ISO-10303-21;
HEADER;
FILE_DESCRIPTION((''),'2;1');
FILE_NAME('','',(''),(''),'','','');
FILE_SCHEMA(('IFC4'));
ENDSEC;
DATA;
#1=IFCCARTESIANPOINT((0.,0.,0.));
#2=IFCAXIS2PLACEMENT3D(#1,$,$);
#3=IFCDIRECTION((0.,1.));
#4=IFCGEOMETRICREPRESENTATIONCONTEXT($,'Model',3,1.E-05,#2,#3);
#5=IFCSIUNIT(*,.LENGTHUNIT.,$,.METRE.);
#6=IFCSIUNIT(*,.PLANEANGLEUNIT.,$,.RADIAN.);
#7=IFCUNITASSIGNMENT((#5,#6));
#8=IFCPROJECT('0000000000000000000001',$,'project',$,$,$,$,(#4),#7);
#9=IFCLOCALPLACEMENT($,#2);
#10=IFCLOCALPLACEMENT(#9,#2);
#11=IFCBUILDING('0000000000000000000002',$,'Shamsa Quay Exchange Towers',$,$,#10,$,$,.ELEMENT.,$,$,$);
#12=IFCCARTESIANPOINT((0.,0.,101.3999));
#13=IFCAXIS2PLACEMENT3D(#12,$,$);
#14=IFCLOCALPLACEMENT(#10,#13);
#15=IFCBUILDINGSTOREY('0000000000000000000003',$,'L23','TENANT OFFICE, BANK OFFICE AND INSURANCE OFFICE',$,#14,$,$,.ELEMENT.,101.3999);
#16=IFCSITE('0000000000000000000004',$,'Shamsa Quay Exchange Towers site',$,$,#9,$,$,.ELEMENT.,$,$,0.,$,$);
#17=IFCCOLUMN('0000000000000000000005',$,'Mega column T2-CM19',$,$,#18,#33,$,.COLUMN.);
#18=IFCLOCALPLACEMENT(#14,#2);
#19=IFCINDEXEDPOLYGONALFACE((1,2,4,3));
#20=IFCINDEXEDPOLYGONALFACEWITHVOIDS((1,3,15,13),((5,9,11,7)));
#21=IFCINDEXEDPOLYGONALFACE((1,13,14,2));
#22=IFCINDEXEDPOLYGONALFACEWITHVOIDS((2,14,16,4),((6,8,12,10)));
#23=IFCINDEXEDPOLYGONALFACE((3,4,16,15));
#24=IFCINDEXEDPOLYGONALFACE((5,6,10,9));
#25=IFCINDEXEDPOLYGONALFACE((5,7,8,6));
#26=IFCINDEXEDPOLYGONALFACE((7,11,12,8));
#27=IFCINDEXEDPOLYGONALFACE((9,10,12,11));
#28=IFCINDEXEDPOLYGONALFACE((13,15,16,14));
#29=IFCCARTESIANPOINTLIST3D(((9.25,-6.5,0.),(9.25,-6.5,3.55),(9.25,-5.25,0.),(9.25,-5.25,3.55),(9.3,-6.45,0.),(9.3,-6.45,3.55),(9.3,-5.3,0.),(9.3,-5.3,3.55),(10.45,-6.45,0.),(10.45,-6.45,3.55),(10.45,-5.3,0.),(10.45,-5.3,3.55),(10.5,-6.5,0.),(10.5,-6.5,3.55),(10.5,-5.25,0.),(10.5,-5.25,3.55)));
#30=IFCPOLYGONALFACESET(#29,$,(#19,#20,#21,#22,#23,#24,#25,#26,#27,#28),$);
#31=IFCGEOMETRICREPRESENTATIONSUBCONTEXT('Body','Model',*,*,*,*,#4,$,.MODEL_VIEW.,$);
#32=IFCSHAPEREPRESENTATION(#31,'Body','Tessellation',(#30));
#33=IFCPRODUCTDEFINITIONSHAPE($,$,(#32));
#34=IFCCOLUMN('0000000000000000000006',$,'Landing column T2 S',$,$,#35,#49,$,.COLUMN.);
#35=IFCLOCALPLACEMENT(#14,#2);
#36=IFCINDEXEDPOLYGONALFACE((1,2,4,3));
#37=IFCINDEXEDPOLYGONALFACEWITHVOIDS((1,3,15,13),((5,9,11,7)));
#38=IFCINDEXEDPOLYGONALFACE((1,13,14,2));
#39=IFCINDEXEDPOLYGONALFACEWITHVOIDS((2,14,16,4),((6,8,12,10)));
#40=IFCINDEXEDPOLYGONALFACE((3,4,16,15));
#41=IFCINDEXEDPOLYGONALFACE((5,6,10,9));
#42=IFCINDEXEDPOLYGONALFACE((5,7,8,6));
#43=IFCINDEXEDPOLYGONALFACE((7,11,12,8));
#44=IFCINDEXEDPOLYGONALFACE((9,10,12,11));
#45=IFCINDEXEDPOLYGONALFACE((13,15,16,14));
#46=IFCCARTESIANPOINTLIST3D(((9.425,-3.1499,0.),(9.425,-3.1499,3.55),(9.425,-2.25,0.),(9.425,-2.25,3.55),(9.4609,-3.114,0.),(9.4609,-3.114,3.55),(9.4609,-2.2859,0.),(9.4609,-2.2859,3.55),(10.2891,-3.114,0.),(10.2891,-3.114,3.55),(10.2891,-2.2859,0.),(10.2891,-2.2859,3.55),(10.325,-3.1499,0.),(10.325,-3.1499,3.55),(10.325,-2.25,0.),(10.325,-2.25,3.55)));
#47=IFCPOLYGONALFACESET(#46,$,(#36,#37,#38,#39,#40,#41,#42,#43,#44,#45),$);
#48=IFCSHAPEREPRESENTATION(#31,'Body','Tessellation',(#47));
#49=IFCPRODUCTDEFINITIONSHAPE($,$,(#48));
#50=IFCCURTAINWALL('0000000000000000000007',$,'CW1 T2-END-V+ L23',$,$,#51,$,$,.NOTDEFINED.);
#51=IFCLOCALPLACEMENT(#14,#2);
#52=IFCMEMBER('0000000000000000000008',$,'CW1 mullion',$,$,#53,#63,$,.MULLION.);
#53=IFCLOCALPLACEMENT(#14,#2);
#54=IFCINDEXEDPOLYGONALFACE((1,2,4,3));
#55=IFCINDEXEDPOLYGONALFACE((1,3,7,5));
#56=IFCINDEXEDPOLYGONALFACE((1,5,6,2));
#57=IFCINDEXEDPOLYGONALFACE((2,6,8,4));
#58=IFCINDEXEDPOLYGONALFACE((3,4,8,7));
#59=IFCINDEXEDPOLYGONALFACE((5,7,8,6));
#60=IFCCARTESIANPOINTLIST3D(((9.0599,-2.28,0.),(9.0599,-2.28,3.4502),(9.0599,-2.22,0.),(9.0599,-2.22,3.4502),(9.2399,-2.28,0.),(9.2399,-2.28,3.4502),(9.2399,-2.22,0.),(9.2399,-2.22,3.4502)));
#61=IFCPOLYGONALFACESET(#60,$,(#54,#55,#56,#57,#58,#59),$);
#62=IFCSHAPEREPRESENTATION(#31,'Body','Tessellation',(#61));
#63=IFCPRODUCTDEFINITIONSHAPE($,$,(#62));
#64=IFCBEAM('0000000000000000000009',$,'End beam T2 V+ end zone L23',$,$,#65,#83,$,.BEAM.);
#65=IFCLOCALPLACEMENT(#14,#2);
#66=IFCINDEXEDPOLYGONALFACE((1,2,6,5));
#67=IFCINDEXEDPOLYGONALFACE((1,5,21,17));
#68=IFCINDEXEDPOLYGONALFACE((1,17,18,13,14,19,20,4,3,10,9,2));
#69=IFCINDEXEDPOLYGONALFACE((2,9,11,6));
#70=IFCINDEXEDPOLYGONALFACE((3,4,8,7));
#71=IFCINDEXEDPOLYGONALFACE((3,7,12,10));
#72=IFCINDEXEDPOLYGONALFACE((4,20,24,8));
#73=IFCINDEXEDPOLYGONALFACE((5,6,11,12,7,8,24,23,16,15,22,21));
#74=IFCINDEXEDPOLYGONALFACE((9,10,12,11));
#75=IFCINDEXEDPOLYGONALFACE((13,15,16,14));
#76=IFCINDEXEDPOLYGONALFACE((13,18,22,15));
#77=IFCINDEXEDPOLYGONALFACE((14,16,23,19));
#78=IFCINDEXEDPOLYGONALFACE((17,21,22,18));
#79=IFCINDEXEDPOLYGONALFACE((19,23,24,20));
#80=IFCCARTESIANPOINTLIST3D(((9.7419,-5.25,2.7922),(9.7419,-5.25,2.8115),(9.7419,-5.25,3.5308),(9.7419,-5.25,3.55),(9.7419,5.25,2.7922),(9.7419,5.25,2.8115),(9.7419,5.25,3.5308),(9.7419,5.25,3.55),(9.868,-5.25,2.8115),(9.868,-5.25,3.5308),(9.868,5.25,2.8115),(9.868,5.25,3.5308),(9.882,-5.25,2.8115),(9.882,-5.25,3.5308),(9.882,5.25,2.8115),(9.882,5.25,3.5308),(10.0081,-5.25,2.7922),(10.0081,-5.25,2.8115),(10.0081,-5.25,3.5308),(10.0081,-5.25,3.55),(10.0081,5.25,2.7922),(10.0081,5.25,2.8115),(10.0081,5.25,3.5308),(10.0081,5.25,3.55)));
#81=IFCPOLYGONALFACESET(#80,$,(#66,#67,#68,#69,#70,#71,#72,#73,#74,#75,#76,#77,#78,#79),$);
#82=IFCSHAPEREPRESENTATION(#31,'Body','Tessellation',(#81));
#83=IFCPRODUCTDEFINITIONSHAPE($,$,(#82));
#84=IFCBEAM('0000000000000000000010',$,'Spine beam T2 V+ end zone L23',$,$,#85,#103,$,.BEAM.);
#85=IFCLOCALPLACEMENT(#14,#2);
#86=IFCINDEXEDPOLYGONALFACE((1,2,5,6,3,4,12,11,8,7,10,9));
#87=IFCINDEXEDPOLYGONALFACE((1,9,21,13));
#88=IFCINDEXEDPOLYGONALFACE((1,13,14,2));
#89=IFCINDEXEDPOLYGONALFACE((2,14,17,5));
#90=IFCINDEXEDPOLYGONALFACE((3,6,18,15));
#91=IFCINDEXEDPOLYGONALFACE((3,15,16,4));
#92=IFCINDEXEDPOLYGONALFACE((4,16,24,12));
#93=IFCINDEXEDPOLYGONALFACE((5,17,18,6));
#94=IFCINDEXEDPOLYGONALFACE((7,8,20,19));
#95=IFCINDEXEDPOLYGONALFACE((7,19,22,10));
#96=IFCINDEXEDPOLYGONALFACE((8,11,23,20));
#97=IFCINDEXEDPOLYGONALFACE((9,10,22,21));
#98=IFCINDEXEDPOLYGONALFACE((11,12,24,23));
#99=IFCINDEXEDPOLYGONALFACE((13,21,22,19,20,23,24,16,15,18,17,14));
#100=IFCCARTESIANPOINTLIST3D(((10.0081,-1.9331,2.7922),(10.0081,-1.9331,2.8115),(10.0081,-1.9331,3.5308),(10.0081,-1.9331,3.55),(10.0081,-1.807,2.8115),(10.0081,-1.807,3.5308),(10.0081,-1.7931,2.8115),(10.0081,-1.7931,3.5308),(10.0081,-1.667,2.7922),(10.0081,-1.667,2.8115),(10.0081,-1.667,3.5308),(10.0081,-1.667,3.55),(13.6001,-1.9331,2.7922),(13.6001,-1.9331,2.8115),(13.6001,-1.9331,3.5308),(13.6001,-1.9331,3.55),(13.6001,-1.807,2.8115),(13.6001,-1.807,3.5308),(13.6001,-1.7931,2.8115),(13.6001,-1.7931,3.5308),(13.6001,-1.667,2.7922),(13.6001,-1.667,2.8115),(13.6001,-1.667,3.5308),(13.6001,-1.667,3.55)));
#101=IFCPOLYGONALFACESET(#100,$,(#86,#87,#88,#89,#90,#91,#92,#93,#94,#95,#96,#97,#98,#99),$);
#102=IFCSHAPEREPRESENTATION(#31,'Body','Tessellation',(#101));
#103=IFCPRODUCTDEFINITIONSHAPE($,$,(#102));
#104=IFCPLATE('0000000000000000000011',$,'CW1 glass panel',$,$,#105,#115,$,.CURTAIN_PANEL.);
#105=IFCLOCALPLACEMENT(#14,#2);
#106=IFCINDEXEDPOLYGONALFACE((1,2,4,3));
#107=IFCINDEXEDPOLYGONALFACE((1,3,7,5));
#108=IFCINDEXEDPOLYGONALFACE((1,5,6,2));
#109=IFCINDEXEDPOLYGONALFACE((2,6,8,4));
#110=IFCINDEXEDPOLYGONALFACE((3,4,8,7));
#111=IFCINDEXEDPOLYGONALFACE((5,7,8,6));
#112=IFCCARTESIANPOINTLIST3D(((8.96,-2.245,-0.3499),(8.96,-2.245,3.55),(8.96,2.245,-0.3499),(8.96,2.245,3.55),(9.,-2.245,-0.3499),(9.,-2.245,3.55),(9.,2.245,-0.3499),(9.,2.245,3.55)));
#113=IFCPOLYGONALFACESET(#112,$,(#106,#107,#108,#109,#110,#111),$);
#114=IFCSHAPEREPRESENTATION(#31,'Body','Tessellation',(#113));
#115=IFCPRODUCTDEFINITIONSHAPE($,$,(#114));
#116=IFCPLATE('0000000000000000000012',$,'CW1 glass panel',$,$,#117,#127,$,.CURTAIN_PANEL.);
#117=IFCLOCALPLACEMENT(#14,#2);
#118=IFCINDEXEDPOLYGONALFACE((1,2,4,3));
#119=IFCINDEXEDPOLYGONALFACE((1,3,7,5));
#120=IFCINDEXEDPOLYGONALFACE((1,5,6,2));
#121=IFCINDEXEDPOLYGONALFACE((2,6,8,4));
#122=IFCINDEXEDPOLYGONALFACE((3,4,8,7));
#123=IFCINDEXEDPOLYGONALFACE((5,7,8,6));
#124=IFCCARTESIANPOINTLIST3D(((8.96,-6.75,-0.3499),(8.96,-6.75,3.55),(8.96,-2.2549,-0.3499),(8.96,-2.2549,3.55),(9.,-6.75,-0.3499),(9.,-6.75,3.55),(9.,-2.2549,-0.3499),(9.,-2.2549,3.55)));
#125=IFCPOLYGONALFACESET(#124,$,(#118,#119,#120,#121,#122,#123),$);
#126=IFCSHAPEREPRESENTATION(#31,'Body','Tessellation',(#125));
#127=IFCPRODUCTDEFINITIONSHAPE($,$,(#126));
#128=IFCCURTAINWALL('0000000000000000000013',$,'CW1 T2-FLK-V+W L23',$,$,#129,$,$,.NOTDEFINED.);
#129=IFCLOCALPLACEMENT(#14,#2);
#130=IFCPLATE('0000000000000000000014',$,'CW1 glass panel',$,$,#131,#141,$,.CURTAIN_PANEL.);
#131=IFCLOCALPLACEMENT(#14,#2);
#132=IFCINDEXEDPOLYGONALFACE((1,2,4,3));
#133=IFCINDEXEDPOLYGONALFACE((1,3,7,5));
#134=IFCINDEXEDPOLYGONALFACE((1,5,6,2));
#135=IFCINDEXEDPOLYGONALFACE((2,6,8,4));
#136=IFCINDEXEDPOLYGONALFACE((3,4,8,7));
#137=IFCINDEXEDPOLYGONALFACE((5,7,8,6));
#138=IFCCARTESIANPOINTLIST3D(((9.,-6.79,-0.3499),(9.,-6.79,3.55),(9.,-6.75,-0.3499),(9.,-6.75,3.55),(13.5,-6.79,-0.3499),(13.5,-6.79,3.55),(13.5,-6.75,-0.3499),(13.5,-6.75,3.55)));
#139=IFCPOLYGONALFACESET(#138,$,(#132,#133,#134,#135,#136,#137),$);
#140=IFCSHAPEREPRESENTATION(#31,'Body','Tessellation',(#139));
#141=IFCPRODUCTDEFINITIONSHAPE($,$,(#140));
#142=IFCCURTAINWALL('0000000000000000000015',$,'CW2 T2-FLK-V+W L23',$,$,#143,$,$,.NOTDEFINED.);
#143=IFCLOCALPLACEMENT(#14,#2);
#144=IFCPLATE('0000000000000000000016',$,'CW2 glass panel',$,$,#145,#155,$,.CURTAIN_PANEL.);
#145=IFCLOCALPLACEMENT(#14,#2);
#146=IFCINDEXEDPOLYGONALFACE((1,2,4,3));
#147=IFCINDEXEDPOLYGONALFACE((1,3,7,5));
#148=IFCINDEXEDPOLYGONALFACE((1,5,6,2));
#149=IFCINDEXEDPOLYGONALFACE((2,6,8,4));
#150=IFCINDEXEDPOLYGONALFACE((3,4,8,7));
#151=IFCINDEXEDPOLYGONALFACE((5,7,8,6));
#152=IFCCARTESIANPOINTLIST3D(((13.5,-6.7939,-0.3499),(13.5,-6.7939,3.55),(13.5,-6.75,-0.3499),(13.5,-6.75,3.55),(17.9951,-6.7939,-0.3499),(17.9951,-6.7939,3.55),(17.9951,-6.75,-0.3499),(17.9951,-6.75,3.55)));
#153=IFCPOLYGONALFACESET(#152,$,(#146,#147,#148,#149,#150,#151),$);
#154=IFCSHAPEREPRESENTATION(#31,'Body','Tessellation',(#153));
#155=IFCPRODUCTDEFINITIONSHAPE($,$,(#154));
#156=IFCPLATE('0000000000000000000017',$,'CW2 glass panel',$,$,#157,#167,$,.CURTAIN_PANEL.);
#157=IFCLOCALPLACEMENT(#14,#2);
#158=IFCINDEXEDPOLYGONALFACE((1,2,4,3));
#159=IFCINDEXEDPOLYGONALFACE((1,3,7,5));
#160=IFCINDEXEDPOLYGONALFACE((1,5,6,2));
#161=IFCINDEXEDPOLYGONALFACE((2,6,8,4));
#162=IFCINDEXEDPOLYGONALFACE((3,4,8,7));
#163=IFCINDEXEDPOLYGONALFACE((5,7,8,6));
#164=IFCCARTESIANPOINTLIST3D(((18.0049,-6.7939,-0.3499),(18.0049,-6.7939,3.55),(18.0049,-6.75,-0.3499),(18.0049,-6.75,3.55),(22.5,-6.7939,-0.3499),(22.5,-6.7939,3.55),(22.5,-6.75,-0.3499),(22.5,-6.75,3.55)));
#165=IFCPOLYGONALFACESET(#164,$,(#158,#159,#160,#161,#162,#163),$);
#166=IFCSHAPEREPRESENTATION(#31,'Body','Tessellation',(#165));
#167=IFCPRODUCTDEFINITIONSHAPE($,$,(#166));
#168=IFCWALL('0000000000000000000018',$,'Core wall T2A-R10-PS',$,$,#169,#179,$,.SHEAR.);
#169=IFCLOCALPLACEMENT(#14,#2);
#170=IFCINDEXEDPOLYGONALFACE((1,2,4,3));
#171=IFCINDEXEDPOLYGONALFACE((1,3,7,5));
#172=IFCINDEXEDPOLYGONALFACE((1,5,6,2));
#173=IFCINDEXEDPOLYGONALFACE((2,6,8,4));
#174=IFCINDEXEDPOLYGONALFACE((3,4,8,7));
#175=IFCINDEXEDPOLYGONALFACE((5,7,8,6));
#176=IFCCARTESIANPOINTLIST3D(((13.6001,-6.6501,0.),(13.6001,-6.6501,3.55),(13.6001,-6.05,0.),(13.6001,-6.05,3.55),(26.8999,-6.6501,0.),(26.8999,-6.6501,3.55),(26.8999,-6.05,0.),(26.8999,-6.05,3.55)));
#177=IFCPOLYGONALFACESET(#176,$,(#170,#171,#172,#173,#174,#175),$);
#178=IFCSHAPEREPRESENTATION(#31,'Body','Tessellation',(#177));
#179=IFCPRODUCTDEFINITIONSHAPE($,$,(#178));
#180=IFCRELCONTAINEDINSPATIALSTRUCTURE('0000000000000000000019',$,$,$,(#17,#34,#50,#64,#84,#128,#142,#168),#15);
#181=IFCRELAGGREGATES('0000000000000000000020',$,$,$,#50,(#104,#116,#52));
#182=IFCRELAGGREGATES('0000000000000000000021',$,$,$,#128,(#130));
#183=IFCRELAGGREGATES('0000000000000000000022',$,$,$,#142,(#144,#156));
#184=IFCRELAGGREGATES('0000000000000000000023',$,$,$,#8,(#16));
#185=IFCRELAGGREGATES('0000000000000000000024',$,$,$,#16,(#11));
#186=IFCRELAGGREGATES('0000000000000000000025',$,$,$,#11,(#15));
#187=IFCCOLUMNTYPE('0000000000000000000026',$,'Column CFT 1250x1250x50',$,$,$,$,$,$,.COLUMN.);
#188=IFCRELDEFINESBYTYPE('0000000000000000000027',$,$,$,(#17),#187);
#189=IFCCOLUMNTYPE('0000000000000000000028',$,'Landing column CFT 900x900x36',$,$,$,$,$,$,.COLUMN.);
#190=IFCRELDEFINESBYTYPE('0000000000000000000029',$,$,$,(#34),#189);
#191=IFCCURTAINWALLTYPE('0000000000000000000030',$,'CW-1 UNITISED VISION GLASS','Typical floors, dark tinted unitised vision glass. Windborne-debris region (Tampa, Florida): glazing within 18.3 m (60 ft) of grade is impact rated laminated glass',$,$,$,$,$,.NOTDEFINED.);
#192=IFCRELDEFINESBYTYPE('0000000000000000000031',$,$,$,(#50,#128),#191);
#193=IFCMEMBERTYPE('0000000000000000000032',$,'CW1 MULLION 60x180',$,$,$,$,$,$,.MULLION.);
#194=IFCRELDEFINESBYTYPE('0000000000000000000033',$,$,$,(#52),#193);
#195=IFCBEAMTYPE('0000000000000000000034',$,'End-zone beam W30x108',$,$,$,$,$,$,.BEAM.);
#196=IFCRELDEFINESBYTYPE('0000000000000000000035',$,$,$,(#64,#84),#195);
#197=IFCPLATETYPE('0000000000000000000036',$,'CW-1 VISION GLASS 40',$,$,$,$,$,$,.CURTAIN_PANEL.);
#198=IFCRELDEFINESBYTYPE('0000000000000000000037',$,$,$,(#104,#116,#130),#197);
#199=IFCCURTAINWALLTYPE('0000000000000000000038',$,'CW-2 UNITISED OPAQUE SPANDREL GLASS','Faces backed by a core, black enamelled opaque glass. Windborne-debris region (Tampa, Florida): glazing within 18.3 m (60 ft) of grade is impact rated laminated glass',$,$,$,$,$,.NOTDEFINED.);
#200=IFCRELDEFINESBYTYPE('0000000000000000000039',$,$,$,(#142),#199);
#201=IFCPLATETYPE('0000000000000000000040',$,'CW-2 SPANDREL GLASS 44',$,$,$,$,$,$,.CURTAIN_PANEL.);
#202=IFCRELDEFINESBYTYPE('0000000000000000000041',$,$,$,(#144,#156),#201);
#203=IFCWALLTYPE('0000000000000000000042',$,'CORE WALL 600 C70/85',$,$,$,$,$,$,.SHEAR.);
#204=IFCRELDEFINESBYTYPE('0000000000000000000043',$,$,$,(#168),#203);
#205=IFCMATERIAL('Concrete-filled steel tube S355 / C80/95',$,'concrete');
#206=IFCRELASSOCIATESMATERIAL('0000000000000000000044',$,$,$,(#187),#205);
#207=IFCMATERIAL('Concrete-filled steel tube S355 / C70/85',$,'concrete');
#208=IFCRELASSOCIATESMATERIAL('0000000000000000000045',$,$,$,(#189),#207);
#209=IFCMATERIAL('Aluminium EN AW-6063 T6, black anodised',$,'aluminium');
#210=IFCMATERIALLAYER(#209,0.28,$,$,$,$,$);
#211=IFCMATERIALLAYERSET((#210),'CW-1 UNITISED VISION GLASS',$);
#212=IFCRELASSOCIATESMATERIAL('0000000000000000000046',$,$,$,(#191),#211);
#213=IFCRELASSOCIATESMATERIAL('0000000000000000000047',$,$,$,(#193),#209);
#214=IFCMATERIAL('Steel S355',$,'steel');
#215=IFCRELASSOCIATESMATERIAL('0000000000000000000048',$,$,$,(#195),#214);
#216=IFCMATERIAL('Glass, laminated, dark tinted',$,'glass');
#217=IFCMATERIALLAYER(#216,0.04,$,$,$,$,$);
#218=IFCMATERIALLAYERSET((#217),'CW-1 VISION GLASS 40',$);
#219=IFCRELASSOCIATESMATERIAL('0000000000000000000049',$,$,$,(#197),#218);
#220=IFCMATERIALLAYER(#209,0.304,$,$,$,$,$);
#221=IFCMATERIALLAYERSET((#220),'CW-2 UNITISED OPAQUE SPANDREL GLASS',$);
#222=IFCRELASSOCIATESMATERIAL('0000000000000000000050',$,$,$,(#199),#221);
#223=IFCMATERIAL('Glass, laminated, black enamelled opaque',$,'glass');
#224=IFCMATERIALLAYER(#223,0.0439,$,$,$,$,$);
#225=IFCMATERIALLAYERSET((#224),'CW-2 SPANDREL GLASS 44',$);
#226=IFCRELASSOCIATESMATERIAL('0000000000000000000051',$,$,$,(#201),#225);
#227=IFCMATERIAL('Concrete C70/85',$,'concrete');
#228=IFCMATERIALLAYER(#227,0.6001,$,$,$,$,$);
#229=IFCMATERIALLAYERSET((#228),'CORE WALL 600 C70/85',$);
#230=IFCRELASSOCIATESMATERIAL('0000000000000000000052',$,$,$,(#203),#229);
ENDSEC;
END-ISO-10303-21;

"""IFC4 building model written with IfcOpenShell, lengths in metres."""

from ifc_helpers import new_model, si_unit, direction, frame, frame_2d, origin, origin_2d, place, context, subcontext, project, spatial, rectangle, hollow_rectangle, i_section, extrude, material, layer, layer_set, material_profile, profile_set, type_object, element, aggregate, save


model = new_model("IFC4")

# Units and contexts
model_context = context("Model", 3, precision=1e-05, world=origin(), true_north=direction((0.0, 1.0)))
body_context = subcontext(model_context, "Body", "Model", "MODEL_VIEW")
ifc_project = project(units=[si_unit("LENGTHUNIT", "METRE"), si_unit("PLANEANGLEUNIT", "RADIAN")], contexts=[model_context])

# Site, building, storey
site_placement = place(None, origin())
site = spatial("IfcSite", under=ifc_project, at=site_placement, Name="Shamsa Quay Exchange Towers site", CompositionType="ELEMENT", RefElevation=0.0)
building_placement = place(site_placement, origin())
building = spatial("IfcBuilding", under=site, at=building_placement, Name="Shamsa Quay Exchange Towers", CompositionType="ELEMENT")
storey_placement = place(building_placement, frame((0.0, 0.0, 101.3999)))
storey = spatial("IfcBuildingStorey", under=building, at=storey_placement, Name="L23", Description="TENANT OFFICE, BANK OFFICE AND INSURANCE OFFICE", CompositionType="ELEMENT", Elevation=101.3999)

# Columns
ifc_material_1 = material(Name="Concrete-filled steel tube S355 / C80/95", Category="concrete")
ifc_material_profile_1 = material_profile(ifc_material_1, hollow_rectangle(XDim=1.25, YDim=1.25, WallThickness=0.05, at=origin_2d()), Name="CFT 1250x1250x50")
ifc_profile_set_1 = profile_set([ifc_material_profile_1], Name="Concrete-filled steel tube S355 / C80/95")
column_type_1 = type_object("IfcColumnType", Name="Column CFT 1250x1250x50", PredefinedType="COLUMN", material=ifc_profile_set_1)
column_1_placement = place(storey_placement, frame((9.875, -5.875, 0.0)))
element("IfcColumn", 1, at=column_1_placement, inside=storey, type_object=column_type_1, Name="Mega column T2-CM19", PredefinedType="COLUMN", context=body_context, shape_type="SweptSolid", body=[
    extrude(hollow_rectangle(XDim=1.25, YDim=1.25, WallThickness=0.05, at=origin_2d()), origin(), (0.0, 0.0, 1.0), 3.55),
])
ifc_material_2 = material(Name="Concrete-filled steel tube S355 / C70/85", Category="concrete")
ifc_material_profile_2 = material_profile(ifc_material_2, hollow_rectangle(XDim=0.8999, YDim=0.8999, WallThickness=0.0359, at=origin_2d()), Name="CFT 900x900x36")
ifc_profile_set_2 = profile_set([ifc_material_profile_2], Name="Concrete-filled steel tube S355 / C70/85")
column_type_2 = type_object("IfcColumnType", Name="Landing column CFT 900x900x36", PredefinedType="COLUMN", material=ifc_profile_set_2)
column_2_placement = place(storey_placement, frame((9.875, -2.7, 0.0)))
element("IfcColumn", 2, at=column_2_placement, inside=storey, type_object=column_type_2, Name="Landing column T2 S", PredefinedType="COLUMN", context=body_context, shape_type="SweptSolid", body=[
    extrude(hollow_rectangle(XDim=0.8999, YDim=0.8999, WallThickness=0.0359, at=origin_2d()), origin(), (0.0, 0.0, 1.0), 3.55),
])

# Curtain wall, member
ifc_material_3 = material(Name="Aluminium EN AW-6063 T6, black anodised", Category="aluminium")
ifc_layer_1 = layer(ifc_material_3, 0.28)
ifc_layer_set_1 = layer_set([ifc_layer_1], Name="CW-1 UNITISED VISION GLASS")
curtain_wall_type_1 = type_object("IfcCurtainWallType", Name="CW-1 UNITISED VISION GLASS", Description="Typical floors, dark tinted unitised vision glass. Windborne-debris region (Tampa, Florida): glazing within 18.3 m (60 ft) of grade is impact rated laminated glass", PredefinedType="NOTDEFINED", material=ifc_layer_set_1)
curtain_wall_1_placement = place(storey_placement, origin())
curtain_wall_1 = element("IfcCurtainWall", 3, at=curtain_wall_1_placement, inside=storey, type_object=curtain_wall_type_1, Name="CW1 T2-END-V+ L23", PredefinedType="NOTDEFINED")
ifc_material_profile_3 = material_profile(ifc_material_3, rectangle(XDim=0.1799, YDim=0.0601, at=origin_2d()), Name="MU60x180")
ifc_profile_set_3 = profile_set([ifc_material_profile_3], Name="Aluminium EN AW-6063 T6, black anodised")
member_type = type_object("IfcMemberType", Name="CW1 MULLION 60x180", PredefinedType="MULLION", material=ifc_profile_set_3)
member_placement = place(storey_placement, frame((9.1499, -2.25, 0.0)))
member = element("IfcMember", 4, at=member_placement, type_object=member_type, Name="CW1 mullion", PredefinedType="MULLION", context=body_context, shape_type="SweptSolid", body=[
    extrude(rectangle(XDim=0.1799, YDim=0.0601, at=origin_2d()), origin(), (0.0, 0.0, 1.0), 3.4502),
])

# Beams
ifc_material_4 = material(Name="Steel S355", Category="steel")
ifc_material_profile_4 = material_profile(ifc_material_4, i_section(OverallWidth=0.2661, OverallDepth=0.7578, WebThickness=0.0139, FlangeThickness=0.0193, at=origin_2d()), Name="W30x108")
ifc_profile_set_4 = profile_set([ifc_material_profile_4], Name="Steel S355")
beam_type = type_object("IfcBeamType", Name="End-zone beam W30x108", PredefinedType="BEAM", material=ifc_profile_set_4)
beam_1_placement = place(storey_placement, frame((9.875, -5.25, 3.1711), z_axis=(0.0, 1.0, 0.0), x_axis=(-1.0, 0.0, 0.0)))
element("IfcBeam", 5, at=beam_1_placement, inside=storey, type_object=beam_type, Name="End beam T2 V+ end zone L23", PredefinedType="BEAM", context=body_context, shape_type="SweptSolid", body=[
    extrude(i_section(OverallWidth=0.2661, OverallDepth=0.7578, WebThickness=0.0139, FlangeThickness=0.0193, at=origin_2d()), origin(), (0.0, 0.0, 1.0), 10.5),
])
beam_2_placement = place(storey_placement, frame((13.6001, -1.8, 3.1711), z_axis=(-1.0, 0.0, 0.0), x_axis=(0.0, -1.0, 0.0)))
element("IfcBeam", 6, at=beam_2_placement, inside=storey, type_object=beam_type, Name="Spine beam T2 V+ end zone L23", PredefinedType="BEAM", context=body_context, shape_type="SweptSolid", body=[
    extrude(i_section(OverallWidth=0.2661, OverallDepth=0.7578, WebThickness=0.0139, FlangeThickness=0.0193, at=origin_2d()), origin(), (0.0, 0.0, 1.0), 3.592),
])

# Plates
ifc_material_5 = material(Name="Glass, laminated, dark tinted", Category="glass")
ifc_layer_2 = layer(ifc_material_5, 0.04)
ifc_layer_set_2 = layer_set([ifc_layer_2], Name="CW-1 VISION GLASS 40")
plate_type_1 = type_object("IfcPlateType", Name="CW-1 VISION GLASS 40", PredefinedType="CURTAIN_PANEL", material=ifc_layer_set_2)
plate_1_placement = place(storey_placement, frame((8.98, 0.0, -0.3499), z_axis=(0.0, 0.0, 1.0), x_axis=(0.0, -1.0, 0.0)))
plate_1 = element("IfcPlate", 7, at=plate_1_placement, type_object=plate_type_1, Name="CW1 glass panel", PredefinedType="CURTAIN_PANEL", context=body_context, shape_type="SweptSolid", body=[
    extrude(rectangle(XDim=4.49, YDim=0.04, at=origin_2d()), origin(), (0.0, 0.0, 1.0), 3.8999),
])
plate_2_placement = place(storey_placement, frame((8.98, -4.5024, -0.3499), z_axis=(0.0, 0.0, 1.0), x_axis=(0.0, -1.0, 0.0)))
plate_2 = element("IfcPlate", 8, at=plate_2_placement, type_object=plate_type_1, Name="CW1 glass panel", PredefinedType="CURTAIN_PANEL", context=body_context, shape_type="SweptSolid", body=[
    extrude(rectangle(XDim=4.4951, YDim=0.04, at=origin_2d()), origin(), (0.0, 0.0, 1.0), 3.8999),
])
aggregate(curtain_wall_1, [plate_1, plate_2, member])

# Curtain wall, plate
curtain_wall_2_placement = place(storey_placement, origin())
curtain_wall_2 = element("IfcCurtainWall", 9, at=curtain_wall_2_placement, inside=storey, type_object=curtain_wall_type_1, Name="CW1 T2-FLK-V+W L23", PredefinedType="NOTDEFINED")
plate_3_placement = place(storey_placement, frame((11.25, -6.77, -0.3499)))
plate_3 = element("IfcPlate", 10, at=plate_3_placement, type_object=plate_type_1, Name="CW1 glass panel", PredefinedType="CURTAIN_PANEL", context=body_context, shape_type="SweptSolid", body=[
    extrude(rectangle(XDim=4.5, YDim=0.04, at=origin_2d()), origin(), (0.0, 0.0, 1.0), 3.8999),
])
aggregate(curtain_wall_2, [plate_3])

# Curtain wall, plates
ifc_layer_3 = layer(ifc_material_3, 0.304)
ifc_layer_set_3 = layer_set([ifc_layer_3], Name="CW-2 UNITISED OPAQUE SPANDREL GLASS")
curtain_wall_type_2 = type_object("IfcCurtainWallType", Name="CW-2 UNITISED OPAQUE SPANDREL GLASS", Description="Faces backed by a core, black enamelled opaque glass. Windborne-debris region (Tampa, Florida): glazing within 18.3 m (60 ft) of grade is impact rated laminated glass", PredefinedType="NOTDEFINED", material=ifc_layer_set_3)
curtain_wall_3_placement = place(storey_placement, origin())
curtain_wall_3 = element("IfcCurtainWall", 11, at=curtain_wall_3_placement, inside=storey, type_object=curtain_wall_type_2, Name="CW2 T2-FLK-V+W L23", PredefinedType="NOTDEFINED")
ifc_material_6 = material(Name="Glass, laminated, black enamelled opaque", Category="glass")
ifc_layer_4 = layer(ifc_material_6, 0.0439)
ifc_layer_set_4 = layer_set([ifc_layer_4], Name="CW-2 SPANDREL GLASS 44")
plate_type_2 = type_object("IfcPlateType", Name="CW-2 SPANDREL GLASS 44", PredefinedType="CURTAIN_PANEL", material=ifc_layer_set_4)
plate_4_placement = place(storey_placement, frame((15.7476, -6.772, -0.3499)))
plate_4 = element("IfcPlate", 12, at=plate_4_placement, type_object=plate_type_2, Name="CW2 glass panel", PredefinedType="CURTAIN_PANEL", context=body_context, shape_type="SweptSolid", body=[
    extrude(rectangle(XDim=4.4951, YDim=0.0439, at=origin_2d()), origin(), (0.0, 0.0, 1.0), 3.8999),
])
plate_5_placement = place(storey_placement, frame((20.2524, -6.772, -0.3499)))
plate_5 = element("IfcPlate", 13, at=plate_5_placement, type_object=plate_type_2, Name="CW2 glass panel", PredefinedType="CURTAIN_PANEL", context=body_context, shape_type="SweptSolid", body=[
    extrude(rectangle(XDim=4.4951, YDim=0.0439, at=origin_2d()), origin(), (0.0, 0.0, 1.0), 3.8999),
])
aggregate(curtain_wall_3, [plate_4, plate_5])

# Wall
ifc_material_7 = material(Name="Concrete C70/85", Category="concrete")
ifc_layer_5 = layer(ifc_material_7, 0.6001)
ifc_layer_set_5 = layer_set([ifc_layer_5], Name="CORE WALL 600 C70/85")
wall_type_1 = type_object("IfcWallType", Name="CORE WALL 600 C70/85", PredefinedType="SHEAR", material=ifc_layer_set_5)
wall_1_placement = place(storey_placement, frame((13.6001, -6.3501, 0.0)))
element("IfcWall", 14, at=wall_1_placement, inside=storey, type_object=wall_type_1, Name="Core wall T2A-R10-PS", PredefinedType="SHEAR", context=body_context, shape_type="SweptSolid", body=[
    extrude(rectangle(XDim=13.2998, YDim=0.6001, at=frame_2d((6.6499, 0.0))), origin(), (0.0, 0.0, 1.0), 3.55),
])

save(model, "model.ifc")
